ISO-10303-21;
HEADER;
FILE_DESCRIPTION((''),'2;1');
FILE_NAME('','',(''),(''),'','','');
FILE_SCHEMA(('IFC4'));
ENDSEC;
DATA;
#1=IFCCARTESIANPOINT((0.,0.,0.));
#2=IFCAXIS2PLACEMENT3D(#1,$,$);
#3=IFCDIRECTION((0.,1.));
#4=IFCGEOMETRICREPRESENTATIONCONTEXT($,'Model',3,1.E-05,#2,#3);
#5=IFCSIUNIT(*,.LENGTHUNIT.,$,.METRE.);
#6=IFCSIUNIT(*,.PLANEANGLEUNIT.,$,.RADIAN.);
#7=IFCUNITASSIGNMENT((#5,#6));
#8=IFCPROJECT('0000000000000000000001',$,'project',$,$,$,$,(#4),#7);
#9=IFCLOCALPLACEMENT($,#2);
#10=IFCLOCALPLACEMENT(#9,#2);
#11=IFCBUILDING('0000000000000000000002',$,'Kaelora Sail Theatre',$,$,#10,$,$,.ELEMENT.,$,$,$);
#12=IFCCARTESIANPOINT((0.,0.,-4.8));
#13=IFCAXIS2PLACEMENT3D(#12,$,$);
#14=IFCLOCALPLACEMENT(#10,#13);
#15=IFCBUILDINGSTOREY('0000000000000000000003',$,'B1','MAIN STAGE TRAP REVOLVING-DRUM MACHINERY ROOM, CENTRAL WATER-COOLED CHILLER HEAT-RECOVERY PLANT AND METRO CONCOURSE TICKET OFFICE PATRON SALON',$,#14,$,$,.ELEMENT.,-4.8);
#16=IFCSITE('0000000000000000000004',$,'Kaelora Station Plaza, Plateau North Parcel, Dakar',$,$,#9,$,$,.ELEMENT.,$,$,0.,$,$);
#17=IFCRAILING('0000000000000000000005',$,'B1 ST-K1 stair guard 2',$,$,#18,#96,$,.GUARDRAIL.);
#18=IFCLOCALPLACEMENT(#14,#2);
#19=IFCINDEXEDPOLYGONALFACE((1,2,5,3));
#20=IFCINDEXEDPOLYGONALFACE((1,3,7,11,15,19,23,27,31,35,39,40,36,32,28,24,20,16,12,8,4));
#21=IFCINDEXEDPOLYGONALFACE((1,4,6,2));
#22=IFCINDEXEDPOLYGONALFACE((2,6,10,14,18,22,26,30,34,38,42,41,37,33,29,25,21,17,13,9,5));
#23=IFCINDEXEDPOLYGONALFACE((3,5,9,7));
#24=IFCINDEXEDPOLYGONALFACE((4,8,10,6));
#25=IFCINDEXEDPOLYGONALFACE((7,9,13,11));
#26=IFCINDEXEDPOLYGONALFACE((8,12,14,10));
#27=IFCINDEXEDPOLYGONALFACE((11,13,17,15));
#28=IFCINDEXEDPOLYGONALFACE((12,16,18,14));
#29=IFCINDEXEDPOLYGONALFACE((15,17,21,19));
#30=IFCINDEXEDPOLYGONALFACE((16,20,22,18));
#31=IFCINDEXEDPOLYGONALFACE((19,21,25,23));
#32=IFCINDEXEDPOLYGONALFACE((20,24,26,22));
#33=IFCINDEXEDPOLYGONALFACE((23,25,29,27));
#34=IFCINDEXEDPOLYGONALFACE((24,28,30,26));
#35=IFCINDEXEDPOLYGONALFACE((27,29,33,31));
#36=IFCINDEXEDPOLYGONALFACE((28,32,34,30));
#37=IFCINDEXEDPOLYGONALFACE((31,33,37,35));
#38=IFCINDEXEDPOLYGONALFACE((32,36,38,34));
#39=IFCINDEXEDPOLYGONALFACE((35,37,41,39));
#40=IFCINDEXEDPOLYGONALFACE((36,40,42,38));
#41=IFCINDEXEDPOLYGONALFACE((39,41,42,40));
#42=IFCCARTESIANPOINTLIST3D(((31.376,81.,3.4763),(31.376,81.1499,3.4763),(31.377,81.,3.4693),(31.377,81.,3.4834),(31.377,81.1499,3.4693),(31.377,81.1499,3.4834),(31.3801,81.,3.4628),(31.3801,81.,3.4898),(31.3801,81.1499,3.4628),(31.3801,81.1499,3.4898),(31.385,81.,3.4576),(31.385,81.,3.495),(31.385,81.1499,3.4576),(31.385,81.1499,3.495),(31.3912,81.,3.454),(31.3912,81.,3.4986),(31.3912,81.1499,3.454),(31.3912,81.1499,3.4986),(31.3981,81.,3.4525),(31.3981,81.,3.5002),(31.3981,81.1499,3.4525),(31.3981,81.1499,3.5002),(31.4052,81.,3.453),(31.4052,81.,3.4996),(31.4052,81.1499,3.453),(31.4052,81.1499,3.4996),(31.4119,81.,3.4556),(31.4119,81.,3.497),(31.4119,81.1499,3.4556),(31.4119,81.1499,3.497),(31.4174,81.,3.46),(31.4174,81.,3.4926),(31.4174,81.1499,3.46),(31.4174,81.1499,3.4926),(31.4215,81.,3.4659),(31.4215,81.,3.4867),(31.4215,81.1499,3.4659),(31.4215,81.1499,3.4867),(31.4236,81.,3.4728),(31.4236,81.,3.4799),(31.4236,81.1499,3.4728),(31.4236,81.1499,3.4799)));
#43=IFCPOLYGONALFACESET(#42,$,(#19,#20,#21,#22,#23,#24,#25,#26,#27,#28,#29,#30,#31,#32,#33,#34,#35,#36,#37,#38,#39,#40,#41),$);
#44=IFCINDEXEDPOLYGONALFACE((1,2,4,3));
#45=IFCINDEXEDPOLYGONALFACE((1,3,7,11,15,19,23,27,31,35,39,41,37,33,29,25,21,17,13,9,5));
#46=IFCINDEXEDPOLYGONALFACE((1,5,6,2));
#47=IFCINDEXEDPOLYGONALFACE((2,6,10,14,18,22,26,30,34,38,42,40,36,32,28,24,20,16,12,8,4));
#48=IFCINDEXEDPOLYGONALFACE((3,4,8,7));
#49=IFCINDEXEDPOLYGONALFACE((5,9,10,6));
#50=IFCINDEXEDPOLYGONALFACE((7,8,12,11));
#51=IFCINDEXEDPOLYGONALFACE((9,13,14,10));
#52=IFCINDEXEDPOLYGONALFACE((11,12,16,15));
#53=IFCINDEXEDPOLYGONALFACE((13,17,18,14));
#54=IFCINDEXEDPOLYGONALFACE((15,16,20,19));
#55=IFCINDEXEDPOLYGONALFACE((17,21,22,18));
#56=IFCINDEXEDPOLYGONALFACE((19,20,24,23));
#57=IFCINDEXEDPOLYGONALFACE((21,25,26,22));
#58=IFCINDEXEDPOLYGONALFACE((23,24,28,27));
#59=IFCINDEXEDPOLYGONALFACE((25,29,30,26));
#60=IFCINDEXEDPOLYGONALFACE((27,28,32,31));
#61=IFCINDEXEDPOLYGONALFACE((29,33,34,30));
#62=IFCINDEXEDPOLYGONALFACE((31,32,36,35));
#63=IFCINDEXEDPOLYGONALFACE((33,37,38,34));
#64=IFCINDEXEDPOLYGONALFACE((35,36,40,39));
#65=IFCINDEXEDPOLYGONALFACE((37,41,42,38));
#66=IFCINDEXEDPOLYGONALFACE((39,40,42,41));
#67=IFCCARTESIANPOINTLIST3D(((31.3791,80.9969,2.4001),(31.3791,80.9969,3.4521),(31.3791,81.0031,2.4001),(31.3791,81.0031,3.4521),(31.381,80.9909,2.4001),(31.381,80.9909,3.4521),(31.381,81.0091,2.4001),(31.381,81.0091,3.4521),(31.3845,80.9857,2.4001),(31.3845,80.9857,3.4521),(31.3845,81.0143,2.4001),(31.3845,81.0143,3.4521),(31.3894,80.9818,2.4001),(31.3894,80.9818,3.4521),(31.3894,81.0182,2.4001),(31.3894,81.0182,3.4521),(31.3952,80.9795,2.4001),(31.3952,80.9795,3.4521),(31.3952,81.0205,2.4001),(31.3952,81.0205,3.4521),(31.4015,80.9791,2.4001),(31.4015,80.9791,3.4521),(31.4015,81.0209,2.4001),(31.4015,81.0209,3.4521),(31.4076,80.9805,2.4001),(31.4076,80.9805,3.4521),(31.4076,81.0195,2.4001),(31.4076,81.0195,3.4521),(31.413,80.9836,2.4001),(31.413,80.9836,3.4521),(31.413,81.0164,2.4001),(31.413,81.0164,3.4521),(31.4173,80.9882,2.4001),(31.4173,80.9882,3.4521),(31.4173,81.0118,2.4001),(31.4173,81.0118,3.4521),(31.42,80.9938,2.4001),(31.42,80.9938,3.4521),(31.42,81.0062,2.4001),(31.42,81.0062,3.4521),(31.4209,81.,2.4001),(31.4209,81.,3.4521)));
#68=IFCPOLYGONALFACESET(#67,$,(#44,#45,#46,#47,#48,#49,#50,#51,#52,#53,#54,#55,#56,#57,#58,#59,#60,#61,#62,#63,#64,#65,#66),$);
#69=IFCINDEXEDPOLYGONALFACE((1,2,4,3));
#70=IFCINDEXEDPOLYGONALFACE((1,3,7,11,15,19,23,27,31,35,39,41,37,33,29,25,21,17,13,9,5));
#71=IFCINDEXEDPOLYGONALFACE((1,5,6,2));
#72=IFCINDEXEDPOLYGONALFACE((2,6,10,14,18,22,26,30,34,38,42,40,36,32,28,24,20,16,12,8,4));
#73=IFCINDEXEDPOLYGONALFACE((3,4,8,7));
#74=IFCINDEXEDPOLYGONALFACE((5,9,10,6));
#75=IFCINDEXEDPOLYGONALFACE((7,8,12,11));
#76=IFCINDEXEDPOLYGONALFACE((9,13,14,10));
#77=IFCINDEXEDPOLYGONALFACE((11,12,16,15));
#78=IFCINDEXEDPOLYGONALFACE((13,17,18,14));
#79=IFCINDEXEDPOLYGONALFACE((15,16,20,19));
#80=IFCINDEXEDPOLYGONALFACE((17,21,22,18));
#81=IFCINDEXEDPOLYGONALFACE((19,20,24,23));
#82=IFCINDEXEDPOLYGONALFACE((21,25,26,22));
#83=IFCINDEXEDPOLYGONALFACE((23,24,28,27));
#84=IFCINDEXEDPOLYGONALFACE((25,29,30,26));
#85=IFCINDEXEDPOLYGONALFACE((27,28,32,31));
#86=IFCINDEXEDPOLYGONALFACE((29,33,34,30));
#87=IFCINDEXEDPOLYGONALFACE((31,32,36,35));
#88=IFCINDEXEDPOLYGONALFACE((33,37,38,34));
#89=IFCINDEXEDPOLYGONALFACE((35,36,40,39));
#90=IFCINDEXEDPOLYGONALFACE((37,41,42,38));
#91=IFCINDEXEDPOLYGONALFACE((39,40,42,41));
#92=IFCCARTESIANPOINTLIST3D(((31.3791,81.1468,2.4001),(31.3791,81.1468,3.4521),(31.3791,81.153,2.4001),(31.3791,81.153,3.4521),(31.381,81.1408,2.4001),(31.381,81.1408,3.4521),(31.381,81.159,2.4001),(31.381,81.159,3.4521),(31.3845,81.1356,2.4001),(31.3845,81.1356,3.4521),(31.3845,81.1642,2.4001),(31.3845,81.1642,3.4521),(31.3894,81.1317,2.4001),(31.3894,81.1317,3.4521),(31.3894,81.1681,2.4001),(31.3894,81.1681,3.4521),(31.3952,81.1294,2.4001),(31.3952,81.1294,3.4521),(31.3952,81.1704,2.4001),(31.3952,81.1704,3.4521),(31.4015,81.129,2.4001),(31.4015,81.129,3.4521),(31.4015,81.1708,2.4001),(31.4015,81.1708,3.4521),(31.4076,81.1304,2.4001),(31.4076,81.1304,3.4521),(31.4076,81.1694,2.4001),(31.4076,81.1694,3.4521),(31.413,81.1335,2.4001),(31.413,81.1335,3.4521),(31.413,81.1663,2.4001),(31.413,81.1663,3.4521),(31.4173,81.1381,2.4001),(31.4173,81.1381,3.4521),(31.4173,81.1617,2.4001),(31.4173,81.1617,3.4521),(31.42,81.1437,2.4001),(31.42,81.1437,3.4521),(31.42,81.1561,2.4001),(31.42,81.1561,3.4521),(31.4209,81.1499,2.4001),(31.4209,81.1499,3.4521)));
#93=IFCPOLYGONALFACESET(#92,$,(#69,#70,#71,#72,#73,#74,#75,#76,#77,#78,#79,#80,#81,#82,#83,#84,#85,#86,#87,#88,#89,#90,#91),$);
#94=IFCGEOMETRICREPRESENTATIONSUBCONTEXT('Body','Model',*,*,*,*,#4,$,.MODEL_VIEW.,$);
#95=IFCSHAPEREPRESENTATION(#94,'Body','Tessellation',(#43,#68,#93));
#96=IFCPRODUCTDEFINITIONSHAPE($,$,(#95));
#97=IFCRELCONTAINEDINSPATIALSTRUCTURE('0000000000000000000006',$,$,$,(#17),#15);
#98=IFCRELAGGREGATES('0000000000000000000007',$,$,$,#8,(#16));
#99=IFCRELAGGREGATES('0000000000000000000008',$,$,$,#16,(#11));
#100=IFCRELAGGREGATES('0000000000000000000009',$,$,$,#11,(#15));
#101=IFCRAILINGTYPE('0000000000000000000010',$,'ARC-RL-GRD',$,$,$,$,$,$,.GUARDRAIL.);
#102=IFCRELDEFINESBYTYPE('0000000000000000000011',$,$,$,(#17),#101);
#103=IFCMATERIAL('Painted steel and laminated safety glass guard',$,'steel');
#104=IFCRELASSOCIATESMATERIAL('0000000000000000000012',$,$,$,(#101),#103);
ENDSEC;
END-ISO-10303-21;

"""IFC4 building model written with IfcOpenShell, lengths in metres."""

from ifc_helpers import new_model, si_unit, direction, frame, origin, origin_2d, place, context, subcontext, project, spatial, circle, extrude, material, type_object, element, save


model = new_model("IFC4")

# Units and contexts
model_context = context("Model", 3, precision=1e-05, world=origin(), true_north=direction((0.0, 1.0)))
body_context = subcontext(model_context, "Body", "Model", "MODEL_VIEW")
ifc_project = project(units=[si_unit("LENGTHUNIT", "METRE"), si_unit("PLANEANGLEUNIT", "RADIAN")], contexts=[model_context])

# Site, building, storey
site_placement = place(None, origin())
site = spatial("IfcSite", under=ifc_project, at=site_placement, Name="Kaelora Station Plaza, Plateau North Parcel, Dakar", CompositionType="ELEMENT", RefElevation=0.0)
building_placement = place(site_placement, origin())
building = spatial("IfcBuilding", under=site, at=building_placement, Name="Kaelora Sail Theatre", CompositionType="ELEMENT")
storey_placement = place(building_placement, frame((0.0, 0.0, -4.8)))
storey = spatial("IfcBuildingStorey", under=building, at=storey_placement, Name="B1", Description="MAIN STAGE TRAP REVOLVING-DRUM MACHINERY ROOM, CENTRAL WATER-COOLED CHILLER HEAT-RECOVERY PLANT AND METRO CONCOURSE TICKET OFFICE PATRON SALON", CompositionType="ELEMENT", Elevation=-4.8)

# Railing
ifc_material_1 = material(Name="Painted steel and laminated safety glass guard", Category="steel")
railing_type_1 = type_object("IfcRailingType", Name="ARC-RL-GRD", PredefinedType="GUARDRAIL", material=ifc_material_1)
railing_1_placement = place(storey_placement, frame((31.3999, 81.0, 2.4001)))
element("IfcRailing", 1, at=railing_1_placement, inside=storey, type_object=railing_type_1, Name="B1 ST-K1 stair guard 2", PredefinedType="GUARDRAIL", context=body_context, shape_type="SweptSolid", body=[
    extrude(circle(Radius=0.0239, at=origin_2d()), frame((0.0, 0.0, 1.0762), z_axis=(0.0, 1.0, 0.0), x_axis=(-1.0, 0.0, 0.0)), (0.0, 0.0, 1.0), 0.1499),
    extrude(circle(Radius=0.021, at=origin_2d()), origin(), (0.0, 0.0, 1.0), 1.052),
    extrude(circle(Radius=0.021, at=origin_2d()), frame((0.0, 0.1499, 0.0)), (0.0, 0.0, 1.0), 1.052),
])

save(model, "model.ifc")
